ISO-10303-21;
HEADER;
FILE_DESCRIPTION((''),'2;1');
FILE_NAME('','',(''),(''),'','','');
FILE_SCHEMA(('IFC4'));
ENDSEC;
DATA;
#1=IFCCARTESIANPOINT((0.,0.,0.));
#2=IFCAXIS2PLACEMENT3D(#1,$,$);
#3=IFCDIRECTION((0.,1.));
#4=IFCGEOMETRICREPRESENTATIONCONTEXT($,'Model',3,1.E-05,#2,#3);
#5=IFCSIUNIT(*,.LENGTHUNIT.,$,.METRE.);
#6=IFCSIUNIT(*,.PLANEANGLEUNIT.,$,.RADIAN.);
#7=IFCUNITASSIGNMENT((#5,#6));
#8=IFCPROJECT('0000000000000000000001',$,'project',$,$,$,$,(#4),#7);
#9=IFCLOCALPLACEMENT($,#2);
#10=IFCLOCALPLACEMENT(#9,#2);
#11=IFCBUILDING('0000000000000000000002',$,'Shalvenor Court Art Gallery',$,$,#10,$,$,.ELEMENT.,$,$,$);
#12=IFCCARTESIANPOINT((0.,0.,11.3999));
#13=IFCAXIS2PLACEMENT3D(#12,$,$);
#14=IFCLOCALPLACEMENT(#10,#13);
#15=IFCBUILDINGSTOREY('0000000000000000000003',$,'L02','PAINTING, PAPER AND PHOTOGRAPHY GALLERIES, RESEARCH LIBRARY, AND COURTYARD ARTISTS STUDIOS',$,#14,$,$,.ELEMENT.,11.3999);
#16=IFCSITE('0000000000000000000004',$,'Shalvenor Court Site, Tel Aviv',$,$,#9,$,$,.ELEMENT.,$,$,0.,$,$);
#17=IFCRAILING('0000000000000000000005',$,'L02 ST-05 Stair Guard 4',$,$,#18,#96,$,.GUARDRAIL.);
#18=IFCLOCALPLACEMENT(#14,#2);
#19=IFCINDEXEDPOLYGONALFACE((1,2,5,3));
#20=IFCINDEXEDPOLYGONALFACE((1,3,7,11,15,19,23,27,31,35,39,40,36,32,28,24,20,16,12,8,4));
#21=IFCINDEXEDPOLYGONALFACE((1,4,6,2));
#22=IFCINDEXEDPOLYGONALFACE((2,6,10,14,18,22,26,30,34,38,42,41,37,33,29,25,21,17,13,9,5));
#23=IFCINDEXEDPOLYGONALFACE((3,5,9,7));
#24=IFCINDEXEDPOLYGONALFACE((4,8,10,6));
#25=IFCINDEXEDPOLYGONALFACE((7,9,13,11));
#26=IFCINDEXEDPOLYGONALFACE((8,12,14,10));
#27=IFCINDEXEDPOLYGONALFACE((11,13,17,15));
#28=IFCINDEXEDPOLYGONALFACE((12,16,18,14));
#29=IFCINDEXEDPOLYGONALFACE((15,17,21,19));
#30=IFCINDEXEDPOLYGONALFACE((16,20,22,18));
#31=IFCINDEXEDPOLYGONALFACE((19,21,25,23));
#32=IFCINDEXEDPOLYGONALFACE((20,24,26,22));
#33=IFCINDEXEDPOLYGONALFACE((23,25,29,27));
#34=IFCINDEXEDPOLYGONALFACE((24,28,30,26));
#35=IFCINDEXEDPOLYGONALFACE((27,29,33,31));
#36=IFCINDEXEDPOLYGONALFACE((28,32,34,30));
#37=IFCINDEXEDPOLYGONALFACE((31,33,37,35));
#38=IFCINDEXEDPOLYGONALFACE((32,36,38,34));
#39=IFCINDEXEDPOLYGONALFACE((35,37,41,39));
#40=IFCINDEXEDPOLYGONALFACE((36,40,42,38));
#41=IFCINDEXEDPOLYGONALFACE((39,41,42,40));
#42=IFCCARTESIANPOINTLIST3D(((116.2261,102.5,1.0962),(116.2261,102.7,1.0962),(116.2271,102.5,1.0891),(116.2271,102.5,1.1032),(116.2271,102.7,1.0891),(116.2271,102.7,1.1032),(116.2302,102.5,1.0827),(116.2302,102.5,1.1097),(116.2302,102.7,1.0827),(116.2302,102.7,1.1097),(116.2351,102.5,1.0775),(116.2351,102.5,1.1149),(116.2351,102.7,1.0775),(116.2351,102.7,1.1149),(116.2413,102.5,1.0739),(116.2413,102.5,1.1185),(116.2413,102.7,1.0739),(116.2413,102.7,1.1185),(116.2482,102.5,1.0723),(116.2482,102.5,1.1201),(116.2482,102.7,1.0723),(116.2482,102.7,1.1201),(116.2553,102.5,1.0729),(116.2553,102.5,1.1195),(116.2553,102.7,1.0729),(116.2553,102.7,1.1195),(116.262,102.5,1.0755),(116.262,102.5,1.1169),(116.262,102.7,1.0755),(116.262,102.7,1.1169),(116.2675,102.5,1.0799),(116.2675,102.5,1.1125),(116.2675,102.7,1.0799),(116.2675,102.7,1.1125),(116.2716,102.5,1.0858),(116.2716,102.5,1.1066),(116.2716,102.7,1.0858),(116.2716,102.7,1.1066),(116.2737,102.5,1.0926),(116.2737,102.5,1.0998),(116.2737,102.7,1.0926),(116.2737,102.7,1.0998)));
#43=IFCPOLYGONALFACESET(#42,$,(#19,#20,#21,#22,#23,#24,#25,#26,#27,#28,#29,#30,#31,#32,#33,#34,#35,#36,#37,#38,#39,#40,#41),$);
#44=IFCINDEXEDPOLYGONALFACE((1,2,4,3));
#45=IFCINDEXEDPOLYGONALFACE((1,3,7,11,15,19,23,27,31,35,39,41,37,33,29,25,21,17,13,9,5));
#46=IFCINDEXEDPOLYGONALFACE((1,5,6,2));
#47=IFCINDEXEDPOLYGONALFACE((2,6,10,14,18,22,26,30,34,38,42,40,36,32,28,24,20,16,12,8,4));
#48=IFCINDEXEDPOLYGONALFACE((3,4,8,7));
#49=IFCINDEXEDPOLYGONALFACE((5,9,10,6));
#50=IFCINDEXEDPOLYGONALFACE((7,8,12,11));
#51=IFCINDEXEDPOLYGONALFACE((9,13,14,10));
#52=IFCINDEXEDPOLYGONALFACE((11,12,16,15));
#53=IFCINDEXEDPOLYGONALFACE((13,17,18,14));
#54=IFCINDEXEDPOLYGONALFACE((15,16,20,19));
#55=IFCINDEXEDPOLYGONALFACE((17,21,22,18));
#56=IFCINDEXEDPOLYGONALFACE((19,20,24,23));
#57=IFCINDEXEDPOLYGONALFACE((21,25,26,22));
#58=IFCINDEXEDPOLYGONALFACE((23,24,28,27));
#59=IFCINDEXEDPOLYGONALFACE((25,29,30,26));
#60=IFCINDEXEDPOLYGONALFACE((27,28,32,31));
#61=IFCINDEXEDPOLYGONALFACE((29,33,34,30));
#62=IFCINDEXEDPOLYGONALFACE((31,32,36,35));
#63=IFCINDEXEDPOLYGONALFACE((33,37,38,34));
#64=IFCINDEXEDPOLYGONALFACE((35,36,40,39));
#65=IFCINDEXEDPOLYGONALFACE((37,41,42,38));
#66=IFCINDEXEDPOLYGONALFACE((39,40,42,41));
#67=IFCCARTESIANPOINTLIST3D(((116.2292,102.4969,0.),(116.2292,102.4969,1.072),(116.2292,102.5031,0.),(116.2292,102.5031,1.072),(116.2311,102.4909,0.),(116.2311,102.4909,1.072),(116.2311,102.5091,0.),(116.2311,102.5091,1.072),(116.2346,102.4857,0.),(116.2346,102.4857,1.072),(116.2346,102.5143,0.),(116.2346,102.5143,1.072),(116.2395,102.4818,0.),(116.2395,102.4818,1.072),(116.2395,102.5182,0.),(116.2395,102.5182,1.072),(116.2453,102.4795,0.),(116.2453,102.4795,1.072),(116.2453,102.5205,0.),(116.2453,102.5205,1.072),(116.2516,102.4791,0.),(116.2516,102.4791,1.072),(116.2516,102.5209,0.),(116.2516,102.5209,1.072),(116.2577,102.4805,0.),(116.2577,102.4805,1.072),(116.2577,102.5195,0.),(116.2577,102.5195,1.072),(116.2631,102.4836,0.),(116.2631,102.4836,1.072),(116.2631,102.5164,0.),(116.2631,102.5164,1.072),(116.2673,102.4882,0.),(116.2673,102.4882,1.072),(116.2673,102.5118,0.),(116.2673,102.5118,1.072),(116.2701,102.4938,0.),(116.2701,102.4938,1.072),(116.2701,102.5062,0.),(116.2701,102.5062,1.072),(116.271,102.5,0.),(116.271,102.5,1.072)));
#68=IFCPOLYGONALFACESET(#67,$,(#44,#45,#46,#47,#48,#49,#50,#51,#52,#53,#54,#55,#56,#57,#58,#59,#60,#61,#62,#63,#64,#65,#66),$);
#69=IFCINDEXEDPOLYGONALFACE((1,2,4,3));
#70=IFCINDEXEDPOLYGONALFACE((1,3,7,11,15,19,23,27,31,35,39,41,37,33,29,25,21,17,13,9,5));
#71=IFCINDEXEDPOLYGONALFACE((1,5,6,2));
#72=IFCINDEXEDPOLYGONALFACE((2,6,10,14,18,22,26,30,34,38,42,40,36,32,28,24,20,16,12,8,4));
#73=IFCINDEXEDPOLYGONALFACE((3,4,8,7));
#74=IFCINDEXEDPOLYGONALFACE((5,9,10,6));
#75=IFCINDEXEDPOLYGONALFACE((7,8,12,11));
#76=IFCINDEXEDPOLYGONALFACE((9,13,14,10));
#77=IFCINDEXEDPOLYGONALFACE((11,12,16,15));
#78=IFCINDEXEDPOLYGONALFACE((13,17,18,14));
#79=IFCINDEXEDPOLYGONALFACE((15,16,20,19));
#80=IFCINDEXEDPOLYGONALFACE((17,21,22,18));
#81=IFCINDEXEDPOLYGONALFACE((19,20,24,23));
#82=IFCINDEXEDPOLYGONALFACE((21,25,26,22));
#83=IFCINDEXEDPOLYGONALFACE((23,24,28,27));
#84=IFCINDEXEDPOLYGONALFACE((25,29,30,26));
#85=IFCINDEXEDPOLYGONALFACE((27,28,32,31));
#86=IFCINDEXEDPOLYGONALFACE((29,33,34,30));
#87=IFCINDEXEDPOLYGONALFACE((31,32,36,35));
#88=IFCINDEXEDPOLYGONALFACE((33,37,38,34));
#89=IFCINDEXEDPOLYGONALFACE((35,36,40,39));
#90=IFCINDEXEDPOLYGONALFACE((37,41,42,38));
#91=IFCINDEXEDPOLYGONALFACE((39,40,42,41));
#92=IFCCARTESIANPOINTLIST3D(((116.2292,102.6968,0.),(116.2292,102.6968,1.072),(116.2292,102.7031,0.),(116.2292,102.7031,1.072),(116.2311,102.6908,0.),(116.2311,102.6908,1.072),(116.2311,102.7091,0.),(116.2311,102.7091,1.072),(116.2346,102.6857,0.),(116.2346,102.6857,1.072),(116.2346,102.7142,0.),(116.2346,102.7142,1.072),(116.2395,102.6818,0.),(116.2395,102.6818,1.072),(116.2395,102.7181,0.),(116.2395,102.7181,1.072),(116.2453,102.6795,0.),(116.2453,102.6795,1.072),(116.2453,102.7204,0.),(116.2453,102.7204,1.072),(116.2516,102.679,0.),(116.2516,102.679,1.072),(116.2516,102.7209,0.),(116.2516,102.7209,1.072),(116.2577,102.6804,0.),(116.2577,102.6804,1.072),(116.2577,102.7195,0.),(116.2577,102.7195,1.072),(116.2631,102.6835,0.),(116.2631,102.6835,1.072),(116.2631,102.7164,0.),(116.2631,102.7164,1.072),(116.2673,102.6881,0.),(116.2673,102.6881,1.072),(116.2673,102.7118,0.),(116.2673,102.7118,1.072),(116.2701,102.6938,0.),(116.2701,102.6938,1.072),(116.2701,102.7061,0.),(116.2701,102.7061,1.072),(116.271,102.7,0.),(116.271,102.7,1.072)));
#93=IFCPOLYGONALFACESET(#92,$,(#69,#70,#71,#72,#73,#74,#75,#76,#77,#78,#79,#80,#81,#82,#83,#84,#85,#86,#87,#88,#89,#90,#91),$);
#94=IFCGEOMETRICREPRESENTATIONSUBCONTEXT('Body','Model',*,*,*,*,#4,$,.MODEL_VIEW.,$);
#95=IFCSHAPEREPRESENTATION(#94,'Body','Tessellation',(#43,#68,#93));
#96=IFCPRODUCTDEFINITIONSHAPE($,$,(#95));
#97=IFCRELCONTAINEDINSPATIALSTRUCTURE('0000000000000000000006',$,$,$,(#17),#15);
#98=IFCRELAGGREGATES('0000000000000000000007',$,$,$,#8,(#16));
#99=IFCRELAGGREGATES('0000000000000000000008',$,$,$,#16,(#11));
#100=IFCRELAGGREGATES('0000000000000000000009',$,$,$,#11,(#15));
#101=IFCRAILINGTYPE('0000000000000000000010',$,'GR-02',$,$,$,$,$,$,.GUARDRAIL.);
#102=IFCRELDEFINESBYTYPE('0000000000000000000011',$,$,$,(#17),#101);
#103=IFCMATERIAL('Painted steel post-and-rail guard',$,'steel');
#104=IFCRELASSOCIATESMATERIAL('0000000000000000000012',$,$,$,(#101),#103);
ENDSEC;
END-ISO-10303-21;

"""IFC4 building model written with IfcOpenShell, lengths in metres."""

from ifc_helpers import new_model, si_unit, direction, frame, origin, origin_2d, place, context, subcontext, project, spatial, circle, extrude, material, type_object, element, save


model = new_model("IFC4")

# Units and contexts
model_context = context("Model", 3, precision=1e-05, world=origin(), true_north=direction((0.0, 1.0)))
body_context = subcontext(model_context, "Body", "Model", "MODEL_VIEW")
ifc_project = project(units=[si_unit("LENGTHUNIT", "METRE"), si_unit("PLANEANGLEUNIT", "RADIAN")], contexts=[model_context])

# Site, building, storey
site_placement = place(None, origin())
site = spatial("IfcSite", under=ifc_project, at=site_placement, Name="Shalvenor Court Site, Tel Aviv", CompositionType="ELEMENT", RefElevation=0.0)
building_placement = place(site_placement, origin())
building = spatial("IfcBuilding", under=site, at=building_placement, Name="Shalvenor Court Art Gallery", CompositionType="ELEMENT")
storey_placement = place(building_placement, frame((0.0, 0.0, 11.3999)))
storey = spatial("IfcBuildingStorey", under=building, at=storey_placement, Name="L02", Description="PAINTING, PAPER AND PHOTOGRAPHY GALLERIES, RESEARCH LIBRARY, AND COURTYARD ARTISTS STUDIOS", CompositionType="ELEMENT", Elevation=11.3999)

# Railing
ifc_material_1 = material(Name="Painted steel post-and-rail guard", Category="steel")
railing_type_1 = type_object("IfcRailingType", Name="GR-02", PredefinedType="GUARDRAIL", material=ifc_material_1)
railing_1_placement = place(storey_placement, frame((116.25, 102.5, 0.0)))
element("IfcRailing", 1, at=railing_1_placement, inside=storey, type_object=railing_type_1, Name="L02 ST-05 Stair Guard 4", PredefinedType="GUARDRAIL", context=body_context, shape_type="SweptSolid", body=[
    extrude(circle(Radius=0.0239, at=origin_2d()), frame((0.0, 0.0, 1.0962), z_axis=(0.0, 1.0, 0.0), x_axis=(-1.0, 0.0, 0.0)), (0.0, 0.0, 1.0), 0.2),
    extrude(circle(Radius=0.021, at=origin_2d()), origin(), (0.0, 0.0, 1.0), 1.072),
    extrude(circle(Radius=0.021, at=origin_2d()), frame((0.0, 0.2, 0.0)), (0.0, 0.0, 1.0), 1.072),
])

save(model, "model.ifc")
